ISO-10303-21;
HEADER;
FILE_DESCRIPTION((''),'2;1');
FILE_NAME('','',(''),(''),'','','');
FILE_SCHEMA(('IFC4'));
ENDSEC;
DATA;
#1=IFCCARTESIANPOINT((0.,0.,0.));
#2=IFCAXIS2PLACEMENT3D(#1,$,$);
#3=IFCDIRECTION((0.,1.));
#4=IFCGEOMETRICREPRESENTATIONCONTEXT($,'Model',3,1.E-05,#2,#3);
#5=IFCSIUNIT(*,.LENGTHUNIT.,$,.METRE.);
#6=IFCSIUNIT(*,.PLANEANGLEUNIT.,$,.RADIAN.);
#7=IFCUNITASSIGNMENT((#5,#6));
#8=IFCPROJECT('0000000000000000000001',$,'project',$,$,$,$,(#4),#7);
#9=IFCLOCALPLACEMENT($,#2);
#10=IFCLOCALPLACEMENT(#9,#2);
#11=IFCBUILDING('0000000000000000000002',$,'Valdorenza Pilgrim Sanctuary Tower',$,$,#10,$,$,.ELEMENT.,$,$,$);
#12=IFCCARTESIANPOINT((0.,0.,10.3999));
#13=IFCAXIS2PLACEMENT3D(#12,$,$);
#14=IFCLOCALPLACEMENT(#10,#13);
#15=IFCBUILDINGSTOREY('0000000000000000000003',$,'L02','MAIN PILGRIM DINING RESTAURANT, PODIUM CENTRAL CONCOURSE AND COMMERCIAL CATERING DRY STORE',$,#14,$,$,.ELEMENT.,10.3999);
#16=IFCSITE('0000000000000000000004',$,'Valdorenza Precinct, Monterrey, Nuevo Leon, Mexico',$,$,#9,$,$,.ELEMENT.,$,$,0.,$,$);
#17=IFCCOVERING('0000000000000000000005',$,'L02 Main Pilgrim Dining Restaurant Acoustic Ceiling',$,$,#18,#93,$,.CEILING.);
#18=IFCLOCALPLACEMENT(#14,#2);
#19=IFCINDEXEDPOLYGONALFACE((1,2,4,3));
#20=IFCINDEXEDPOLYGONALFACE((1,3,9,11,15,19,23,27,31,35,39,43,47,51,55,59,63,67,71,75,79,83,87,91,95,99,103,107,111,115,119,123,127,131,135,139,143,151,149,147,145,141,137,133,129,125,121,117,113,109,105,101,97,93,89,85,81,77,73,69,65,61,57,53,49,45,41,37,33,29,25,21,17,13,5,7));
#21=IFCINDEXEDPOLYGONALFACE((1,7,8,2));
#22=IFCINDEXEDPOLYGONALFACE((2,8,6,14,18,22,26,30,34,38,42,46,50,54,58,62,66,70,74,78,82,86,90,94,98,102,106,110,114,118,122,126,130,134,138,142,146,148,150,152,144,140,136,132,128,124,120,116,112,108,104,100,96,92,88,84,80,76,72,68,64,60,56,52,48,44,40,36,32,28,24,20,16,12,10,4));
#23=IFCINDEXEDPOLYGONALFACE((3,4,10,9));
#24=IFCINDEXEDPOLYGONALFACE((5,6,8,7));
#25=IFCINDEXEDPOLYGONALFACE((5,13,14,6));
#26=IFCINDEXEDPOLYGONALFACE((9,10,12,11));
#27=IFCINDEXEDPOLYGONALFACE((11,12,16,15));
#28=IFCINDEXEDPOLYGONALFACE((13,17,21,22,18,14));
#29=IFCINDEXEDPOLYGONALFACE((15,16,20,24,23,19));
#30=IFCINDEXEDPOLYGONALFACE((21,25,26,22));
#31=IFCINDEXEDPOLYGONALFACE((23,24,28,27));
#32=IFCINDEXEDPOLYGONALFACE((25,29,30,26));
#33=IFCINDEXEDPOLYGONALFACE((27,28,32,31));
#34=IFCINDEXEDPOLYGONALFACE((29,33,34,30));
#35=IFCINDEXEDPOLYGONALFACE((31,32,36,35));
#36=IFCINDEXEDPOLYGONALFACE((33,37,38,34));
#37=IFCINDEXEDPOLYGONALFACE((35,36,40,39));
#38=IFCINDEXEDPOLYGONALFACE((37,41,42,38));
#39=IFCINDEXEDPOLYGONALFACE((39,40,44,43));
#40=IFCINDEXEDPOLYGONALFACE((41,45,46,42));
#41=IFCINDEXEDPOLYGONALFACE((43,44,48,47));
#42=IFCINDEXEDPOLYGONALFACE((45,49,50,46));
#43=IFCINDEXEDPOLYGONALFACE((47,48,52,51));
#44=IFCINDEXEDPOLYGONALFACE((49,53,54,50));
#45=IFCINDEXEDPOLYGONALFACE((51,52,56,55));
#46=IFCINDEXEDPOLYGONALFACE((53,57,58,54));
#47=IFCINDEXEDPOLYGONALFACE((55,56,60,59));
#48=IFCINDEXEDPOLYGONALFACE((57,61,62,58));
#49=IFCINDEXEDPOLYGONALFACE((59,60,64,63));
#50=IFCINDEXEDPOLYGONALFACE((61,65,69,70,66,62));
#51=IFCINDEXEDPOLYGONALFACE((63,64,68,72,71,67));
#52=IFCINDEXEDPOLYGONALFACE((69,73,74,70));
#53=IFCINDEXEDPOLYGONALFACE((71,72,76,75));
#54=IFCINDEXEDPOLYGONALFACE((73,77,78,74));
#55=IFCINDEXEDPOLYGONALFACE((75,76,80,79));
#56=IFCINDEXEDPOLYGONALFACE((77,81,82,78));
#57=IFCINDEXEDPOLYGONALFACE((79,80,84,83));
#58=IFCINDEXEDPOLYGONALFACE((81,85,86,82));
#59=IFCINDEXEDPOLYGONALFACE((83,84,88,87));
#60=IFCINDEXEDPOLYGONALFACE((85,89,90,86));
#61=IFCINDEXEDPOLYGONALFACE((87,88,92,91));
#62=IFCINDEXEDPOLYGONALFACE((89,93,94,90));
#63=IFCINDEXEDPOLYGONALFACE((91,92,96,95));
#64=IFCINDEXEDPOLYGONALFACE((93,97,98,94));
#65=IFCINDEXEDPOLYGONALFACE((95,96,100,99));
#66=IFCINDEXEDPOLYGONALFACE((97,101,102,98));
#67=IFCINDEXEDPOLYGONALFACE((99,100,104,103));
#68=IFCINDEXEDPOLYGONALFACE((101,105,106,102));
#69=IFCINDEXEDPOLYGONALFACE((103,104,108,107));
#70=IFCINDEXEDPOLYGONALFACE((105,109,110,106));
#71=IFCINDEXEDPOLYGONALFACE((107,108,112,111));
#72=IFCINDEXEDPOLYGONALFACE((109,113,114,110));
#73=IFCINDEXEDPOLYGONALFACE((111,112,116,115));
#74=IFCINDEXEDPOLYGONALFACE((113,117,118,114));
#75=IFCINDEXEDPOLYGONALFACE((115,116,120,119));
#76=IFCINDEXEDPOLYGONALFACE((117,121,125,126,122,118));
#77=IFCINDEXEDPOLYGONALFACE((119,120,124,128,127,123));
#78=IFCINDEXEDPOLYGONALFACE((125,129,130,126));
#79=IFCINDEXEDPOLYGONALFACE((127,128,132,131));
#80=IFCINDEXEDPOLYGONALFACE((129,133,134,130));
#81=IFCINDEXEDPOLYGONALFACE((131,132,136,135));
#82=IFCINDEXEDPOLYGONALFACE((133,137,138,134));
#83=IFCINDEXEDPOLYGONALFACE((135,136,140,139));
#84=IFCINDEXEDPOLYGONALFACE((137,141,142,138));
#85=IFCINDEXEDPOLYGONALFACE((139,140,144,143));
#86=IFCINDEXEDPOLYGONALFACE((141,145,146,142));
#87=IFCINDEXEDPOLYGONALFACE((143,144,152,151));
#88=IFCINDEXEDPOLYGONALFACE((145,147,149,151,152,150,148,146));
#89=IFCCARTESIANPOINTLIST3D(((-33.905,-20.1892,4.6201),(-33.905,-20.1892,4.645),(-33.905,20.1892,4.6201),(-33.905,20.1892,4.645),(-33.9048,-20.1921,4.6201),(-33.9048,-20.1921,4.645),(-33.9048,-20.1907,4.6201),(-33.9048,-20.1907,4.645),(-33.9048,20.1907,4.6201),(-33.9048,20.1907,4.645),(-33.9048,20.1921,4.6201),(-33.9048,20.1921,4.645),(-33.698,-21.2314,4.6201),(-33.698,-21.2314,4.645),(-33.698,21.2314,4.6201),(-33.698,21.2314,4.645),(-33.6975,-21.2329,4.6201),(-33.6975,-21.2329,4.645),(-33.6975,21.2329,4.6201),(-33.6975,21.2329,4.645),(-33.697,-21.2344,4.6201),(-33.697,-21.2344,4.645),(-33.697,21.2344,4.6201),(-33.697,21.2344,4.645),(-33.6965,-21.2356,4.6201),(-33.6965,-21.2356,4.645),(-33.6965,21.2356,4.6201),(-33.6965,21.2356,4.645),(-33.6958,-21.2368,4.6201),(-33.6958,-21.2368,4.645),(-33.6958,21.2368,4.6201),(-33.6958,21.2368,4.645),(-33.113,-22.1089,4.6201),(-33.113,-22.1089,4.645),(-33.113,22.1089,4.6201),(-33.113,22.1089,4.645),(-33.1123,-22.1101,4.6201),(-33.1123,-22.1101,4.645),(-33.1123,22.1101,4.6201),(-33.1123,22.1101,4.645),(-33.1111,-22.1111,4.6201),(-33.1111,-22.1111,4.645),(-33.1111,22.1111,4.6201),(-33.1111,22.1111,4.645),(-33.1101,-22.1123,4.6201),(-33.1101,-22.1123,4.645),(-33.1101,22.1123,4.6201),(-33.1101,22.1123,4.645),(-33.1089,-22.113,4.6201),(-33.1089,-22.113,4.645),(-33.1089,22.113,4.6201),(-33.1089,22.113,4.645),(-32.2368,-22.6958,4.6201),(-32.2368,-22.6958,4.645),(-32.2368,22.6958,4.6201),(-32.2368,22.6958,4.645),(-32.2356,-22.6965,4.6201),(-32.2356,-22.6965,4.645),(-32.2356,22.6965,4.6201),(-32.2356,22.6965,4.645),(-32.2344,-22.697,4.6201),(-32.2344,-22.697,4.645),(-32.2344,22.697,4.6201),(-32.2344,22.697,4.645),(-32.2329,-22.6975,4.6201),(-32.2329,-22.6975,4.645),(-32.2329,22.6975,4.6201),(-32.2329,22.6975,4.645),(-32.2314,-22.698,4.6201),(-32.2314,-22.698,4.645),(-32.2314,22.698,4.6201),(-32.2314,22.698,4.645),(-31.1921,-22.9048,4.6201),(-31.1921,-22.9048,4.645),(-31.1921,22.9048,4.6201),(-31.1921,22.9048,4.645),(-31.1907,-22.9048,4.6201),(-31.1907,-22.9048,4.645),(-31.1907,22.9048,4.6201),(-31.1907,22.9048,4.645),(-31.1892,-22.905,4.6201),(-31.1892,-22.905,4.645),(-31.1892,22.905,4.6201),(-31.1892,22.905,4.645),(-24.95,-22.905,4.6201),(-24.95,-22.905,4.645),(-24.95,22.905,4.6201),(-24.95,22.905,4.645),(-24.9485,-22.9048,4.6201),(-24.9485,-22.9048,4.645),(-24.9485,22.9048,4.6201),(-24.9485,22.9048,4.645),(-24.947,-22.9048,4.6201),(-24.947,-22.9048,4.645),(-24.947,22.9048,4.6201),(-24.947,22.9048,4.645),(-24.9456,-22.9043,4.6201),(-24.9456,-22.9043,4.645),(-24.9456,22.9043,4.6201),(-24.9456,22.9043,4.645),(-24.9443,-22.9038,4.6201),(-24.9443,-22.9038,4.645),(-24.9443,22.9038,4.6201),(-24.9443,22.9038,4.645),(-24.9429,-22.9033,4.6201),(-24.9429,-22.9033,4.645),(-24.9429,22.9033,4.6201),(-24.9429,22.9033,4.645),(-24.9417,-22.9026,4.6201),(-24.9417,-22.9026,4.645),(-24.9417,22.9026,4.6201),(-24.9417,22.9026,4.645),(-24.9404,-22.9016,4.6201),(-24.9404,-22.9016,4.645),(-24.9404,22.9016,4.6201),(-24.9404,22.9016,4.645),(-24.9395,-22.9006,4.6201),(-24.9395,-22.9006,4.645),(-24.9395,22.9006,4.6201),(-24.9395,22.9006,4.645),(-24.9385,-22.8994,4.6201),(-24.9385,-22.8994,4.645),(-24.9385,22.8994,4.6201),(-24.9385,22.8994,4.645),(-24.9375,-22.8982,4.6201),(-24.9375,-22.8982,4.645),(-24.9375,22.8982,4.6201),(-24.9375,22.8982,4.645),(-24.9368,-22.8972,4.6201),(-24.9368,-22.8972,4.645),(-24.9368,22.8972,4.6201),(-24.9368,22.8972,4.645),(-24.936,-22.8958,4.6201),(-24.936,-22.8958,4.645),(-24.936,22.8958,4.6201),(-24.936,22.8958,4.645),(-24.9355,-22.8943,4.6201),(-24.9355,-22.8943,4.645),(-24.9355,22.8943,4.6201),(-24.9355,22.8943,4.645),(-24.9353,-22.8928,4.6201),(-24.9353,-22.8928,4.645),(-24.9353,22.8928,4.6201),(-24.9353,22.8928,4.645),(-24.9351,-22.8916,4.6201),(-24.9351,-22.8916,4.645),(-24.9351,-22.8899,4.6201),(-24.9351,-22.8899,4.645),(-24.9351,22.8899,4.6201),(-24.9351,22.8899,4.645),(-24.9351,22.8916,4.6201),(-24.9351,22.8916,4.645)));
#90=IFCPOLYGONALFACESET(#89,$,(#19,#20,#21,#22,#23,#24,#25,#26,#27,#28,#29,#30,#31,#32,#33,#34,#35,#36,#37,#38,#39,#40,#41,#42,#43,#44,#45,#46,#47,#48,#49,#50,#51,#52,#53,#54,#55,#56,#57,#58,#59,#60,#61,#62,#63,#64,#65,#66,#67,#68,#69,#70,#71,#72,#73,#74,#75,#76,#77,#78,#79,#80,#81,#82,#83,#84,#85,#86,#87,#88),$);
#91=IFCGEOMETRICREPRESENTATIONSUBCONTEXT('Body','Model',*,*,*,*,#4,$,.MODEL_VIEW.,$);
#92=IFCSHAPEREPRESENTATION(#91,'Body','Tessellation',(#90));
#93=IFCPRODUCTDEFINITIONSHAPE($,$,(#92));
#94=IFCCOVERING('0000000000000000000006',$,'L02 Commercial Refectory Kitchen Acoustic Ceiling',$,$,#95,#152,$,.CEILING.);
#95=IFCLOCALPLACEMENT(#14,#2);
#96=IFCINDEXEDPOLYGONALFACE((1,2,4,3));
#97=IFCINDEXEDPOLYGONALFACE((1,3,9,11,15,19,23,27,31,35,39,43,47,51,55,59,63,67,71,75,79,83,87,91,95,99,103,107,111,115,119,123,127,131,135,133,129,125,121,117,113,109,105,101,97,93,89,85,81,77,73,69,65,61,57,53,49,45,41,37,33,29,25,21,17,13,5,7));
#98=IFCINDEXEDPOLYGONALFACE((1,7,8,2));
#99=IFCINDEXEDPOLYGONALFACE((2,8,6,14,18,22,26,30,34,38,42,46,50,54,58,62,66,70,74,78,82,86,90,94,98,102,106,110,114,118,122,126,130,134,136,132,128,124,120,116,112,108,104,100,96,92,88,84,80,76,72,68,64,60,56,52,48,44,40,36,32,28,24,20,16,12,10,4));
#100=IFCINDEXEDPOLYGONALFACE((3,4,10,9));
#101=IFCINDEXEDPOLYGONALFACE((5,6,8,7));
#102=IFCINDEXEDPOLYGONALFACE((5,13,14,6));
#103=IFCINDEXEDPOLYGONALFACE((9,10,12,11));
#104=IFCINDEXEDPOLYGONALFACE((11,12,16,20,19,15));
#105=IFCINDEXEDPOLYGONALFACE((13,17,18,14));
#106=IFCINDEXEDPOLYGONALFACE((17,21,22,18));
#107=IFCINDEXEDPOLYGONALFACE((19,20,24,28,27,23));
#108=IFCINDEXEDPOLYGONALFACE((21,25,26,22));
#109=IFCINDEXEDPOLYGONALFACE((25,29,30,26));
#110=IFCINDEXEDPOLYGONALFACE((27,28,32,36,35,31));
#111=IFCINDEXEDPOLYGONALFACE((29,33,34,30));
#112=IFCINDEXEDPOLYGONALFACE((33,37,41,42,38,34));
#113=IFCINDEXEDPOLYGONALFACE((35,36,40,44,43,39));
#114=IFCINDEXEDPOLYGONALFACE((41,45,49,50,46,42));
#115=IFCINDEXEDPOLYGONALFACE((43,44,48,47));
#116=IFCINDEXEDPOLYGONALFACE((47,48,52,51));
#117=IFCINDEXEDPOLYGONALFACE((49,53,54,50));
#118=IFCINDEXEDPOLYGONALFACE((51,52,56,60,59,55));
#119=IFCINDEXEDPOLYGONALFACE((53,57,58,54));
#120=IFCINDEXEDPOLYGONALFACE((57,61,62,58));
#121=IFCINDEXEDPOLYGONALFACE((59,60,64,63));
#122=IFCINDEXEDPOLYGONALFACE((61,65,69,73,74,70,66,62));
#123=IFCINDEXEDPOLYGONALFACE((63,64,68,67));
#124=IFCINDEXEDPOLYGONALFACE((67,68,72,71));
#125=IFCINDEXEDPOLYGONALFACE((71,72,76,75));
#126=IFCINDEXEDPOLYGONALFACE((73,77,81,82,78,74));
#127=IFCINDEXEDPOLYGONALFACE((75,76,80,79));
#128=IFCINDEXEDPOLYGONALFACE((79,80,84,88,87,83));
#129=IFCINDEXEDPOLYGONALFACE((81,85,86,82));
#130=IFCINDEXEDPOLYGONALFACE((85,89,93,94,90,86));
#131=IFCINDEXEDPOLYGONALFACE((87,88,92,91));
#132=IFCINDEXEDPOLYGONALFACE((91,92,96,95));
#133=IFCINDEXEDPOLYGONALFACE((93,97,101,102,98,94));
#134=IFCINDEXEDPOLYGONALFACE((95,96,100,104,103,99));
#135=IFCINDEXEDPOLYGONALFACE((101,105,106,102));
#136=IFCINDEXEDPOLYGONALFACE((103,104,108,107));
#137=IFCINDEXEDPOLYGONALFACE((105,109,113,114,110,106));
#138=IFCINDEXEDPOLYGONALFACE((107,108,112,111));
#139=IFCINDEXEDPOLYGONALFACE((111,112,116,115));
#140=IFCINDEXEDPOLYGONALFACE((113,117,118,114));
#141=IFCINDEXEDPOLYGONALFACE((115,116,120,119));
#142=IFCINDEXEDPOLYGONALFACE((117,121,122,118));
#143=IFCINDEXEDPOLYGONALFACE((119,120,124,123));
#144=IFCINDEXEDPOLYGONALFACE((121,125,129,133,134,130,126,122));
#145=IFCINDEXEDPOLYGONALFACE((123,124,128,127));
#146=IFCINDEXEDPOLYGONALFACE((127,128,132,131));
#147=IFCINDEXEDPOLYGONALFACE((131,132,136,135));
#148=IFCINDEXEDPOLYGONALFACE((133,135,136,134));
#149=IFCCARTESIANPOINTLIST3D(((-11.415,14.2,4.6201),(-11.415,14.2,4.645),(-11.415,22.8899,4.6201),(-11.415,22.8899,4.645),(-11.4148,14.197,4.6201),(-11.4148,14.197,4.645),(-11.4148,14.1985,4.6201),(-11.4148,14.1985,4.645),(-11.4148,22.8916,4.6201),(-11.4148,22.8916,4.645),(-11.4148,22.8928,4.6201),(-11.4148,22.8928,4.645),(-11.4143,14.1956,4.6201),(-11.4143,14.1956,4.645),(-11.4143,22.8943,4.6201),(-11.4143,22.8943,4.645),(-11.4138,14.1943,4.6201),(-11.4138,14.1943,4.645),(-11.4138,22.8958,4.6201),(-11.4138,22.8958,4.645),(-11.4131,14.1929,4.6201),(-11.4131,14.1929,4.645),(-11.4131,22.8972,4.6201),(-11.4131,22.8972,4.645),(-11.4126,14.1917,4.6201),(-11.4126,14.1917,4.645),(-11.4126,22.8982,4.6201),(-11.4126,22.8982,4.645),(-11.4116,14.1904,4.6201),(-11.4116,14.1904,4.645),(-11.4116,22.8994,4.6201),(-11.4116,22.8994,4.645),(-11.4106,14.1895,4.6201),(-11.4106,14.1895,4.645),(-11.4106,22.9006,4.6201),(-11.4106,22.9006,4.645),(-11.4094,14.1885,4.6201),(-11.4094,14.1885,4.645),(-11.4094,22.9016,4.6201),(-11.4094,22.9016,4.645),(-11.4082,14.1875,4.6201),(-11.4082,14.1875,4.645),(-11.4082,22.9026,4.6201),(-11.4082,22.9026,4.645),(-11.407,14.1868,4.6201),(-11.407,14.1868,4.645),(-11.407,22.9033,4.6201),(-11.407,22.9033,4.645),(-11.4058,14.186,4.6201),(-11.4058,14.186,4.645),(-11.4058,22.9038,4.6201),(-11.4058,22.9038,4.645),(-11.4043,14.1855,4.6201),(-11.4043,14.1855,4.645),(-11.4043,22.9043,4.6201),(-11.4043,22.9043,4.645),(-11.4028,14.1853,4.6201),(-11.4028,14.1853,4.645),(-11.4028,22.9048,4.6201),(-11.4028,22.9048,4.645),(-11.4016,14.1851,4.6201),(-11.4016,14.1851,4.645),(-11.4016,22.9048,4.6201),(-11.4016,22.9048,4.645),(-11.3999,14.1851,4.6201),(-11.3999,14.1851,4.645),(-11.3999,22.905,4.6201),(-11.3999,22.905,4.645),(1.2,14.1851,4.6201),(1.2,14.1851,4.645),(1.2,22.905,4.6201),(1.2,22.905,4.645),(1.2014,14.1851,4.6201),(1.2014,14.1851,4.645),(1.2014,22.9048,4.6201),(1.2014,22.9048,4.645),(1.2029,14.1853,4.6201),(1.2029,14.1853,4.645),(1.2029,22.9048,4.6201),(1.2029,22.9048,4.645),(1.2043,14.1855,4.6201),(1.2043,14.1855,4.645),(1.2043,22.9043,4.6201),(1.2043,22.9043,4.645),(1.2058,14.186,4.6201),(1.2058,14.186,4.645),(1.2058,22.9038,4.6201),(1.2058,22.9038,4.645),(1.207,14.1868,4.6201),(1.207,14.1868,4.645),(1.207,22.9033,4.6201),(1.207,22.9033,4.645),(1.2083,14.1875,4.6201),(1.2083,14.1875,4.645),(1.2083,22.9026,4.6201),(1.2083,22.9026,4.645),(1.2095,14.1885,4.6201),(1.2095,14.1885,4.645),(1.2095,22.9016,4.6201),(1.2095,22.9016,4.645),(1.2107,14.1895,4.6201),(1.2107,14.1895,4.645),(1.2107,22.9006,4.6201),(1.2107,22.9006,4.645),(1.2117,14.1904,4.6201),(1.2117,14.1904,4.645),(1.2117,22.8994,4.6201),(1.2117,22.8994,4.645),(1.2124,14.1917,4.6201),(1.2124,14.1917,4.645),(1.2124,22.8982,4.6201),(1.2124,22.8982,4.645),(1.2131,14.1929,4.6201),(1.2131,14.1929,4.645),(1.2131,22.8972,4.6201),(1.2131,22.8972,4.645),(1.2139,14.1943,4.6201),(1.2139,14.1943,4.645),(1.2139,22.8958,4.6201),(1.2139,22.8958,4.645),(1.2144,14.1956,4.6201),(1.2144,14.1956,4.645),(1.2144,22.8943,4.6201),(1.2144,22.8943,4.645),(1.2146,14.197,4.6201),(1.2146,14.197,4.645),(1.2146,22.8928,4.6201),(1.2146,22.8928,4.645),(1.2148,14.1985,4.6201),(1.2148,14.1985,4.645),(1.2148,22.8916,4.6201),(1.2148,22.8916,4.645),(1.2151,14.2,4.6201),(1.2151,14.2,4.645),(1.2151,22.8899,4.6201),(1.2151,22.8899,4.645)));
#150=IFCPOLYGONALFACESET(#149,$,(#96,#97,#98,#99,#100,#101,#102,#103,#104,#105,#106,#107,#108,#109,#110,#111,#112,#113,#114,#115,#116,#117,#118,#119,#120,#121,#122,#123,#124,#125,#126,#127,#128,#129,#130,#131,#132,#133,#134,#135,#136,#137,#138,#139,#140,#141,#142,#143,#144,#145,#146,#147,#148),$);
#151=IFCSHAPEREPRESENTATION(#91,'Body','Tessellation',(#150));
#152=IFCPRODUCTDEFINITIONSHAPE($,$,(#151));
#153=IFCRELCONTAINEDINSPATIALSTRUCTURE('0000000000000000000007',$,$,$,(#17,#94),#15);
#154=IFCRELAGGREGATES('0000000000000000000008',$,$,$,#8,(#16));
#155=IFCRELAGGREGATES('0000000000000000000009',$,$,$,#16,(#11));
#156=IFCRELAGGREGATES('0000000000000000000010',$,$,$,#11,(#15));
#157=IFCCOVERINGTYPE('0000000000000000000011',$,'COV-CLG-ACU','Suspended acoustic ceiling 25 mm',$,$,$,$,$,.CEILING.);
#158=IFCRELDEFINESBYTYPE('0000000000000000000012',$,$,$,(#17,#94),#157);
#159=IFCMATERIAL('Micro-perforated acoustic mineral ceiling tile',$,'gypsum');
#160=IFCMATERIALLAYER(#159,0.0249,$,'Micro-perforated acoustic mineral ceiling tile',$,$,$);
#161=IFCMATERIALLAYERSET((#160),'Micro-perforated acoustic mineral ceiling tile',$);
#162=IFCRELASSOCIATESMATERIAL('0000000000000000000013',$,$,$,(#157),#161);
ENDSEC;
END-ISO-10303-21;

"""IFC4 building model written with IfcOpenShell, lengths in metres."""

from ifc_helpers import new_model, si_unit, direction, frame, origin, place, context, subcontext, project, spatial, polyline, outline, extrude, material, layer, layer_set, type_object, element, save


model = new_model("IFC4")

# Units and contexts
model_context = context("Model", 3, precision=1e-05, world=origin(), true_north=direction((0.0, 1.0)))
body_context = subcontext(model_context, "Body", "Model", "MODEL_VIEW")
ifc_project = project(units=[si_unit("LENGTHUNIT", "METRE"), si_unit("PLANEANGLEUNIT", "RADIAN")], contexts=[model_context])

# Site, building, storey
site_placement = place(None, origin())
site = spatial("IfcSite", under=ifc_project, at=site_placement, Name="Valdorenza Precinct, Monterrey, Nuevo Leon, Mexico", CompositionType="ELEMENT", RefElevation=0.0)
building_placement = place(site_placement, origin())
building = spatial("IfcBuilding", under=site, at=building_placement, Name="Valdorenza Pilgrim Sanctuary Tower", CompositionType="ELEMENT")
storey_placement = place(building_placement, frame((0.0, 0.0, 10.3999)))
storey = spatial("IfcBuildingStorey", under=building, at=storey_placement, Name="L02", Description="MAIN PILGRIM DINING RESTAURANT, PODIUM CENTRAL CONCOURSE AND COMMERCIAL CATERING DRY STORE", CompositionType="ELEMENT", Elevation=10.3999)

# Coverings
ifc_material_1 = material(Name="Micro-perforated acoustic mineral ceiling tile", Category="gypsum")
ifc_layer_1 = layer(ifc_material_1, 0.0249, Name="Micro-perforated acoustic mineral ceiling tile")
ifc_layer_set_1 = layer_set([ifc_layer_1], Name="Micro-perforated acoustic mineral ceiling tile")
covering_type_1 = type_object("IfcCoveringType", Name="COV-CLG-ACU", Description="Suspended acoustic ceiling 25 mm", PredefinedType="CEILING", material=ifc_layer_set_1)
covering_1_placement = place(storey_placement, frame((0.0, 0.0, 4.6201)))
element("IfcCovering", 1, at=covering_1_placement, inside=storey, type_object=covering_type_1, Name="L02 Main Pilgrim Dining Restaurant Acoustic Ceiling", PredefinedType="CEILING", context=body_context, shape_type="SweptSolid", body=[
    extrude(outline(polyline([(-31.1892, -22.905), (-31.1907, -22.9048), (-31.1921, -22.9048), (-32.2314, -22.698), (-32.2329, -22.6975), (-32.2344, -22.697), (-32.2356, -22.6965), (-32.2368, -22.6958), (-33.1089, -22.113), (-33.1101, -22.1123), (-33.1111, -22.1111), (-33.1123, -22.1101), (-33.113, -22.1089), (-33.6958, -21.2368), (-33.6965, -21.2356), (-33.697, -21.2344), (-33.6975, -21.2329), (-33.698, -21.2314), (-33.9048, -20.1921), (-33.9048, -20.1907), (-33.905, -20.1892), (-33.905, 20.1892), (-33.9048, 20.1907), (-33.9048, 20.1921), (-33.698, 21.2314), (-33.6975, 21.2329), (-33.697, 21.2344), (-33.6965, 21.2356), (-33.6958, 21.2368), (-33.113, 22.1089), (-33.1123, 22.1101), (-33.1111, 22.1111), (-33.1101, 22.1123), (-33.1089, 22.113), (-32.2368, 22.6958), (-32.2356, 22.6965), (-32.2344, 22.697), (-32.2329, 22.6975), (-32.2314, 22.698), (-31.1921, 22.9048), (-31.1907, 22.9048), (-31.1892, 22.905), (-24.95, 22.905), (-24.9485, 22.9048), (-24.947, 22.9048), (-24.9456, 22.9043), (-24.9443, 22.9038), (-24.9429, 22.9033), (-24.9417, 22.9026), (-24.9404, 22.9016), (-24.9395, 22.9006), (-24.9385, 22.8994), (-24.9375, 22.8982), (-24.9368, 22.8972), (-24.936, 22.8958), (-24.9355, 22.8943), (-24.9353, 22.8928), (-24.9351, 22.8916), (-24.9351, 22.8899), (-24.9351, -22.8899), (-24.9351, -22.8916), (-24.9353, -22.8928), (-24.9355, -22.8943), (-24.936, -22.8958), (-24.9368, -22.8972), (-24.9375, -22.8982), (-24.9385, -22.8994), (-24.9395, -22.9006), (-24.9404, -22.9016), (-24.9417, -22.9026), (-24.9429, -22.9033), (-24.9443, -22.9038), (-24.9456, -22.9043), (-24.947, -22.9048), (-24.9485, -22.9048), (-24.95, -22.905), (-31.1892, -22.905)])), origin(), (0.0, 0.0, 1.0), 0.0249),
])
covering_2_placement = place(storey_placement, frame((0.0, 0.0, 4.6201)))
element("IfcCovering", 2, at=covering_2_placement, inside=storey, type_object=covering_type_1, Name="L02 Commercial Refectory Kitchen Acoustic Ceiling", PredefinedType="CEILING", context=body_context, shape_type="SweptSolid", body=[
    extrude(outline(polyline([(-11.3999, 14.1851), (-11.4016, 14.1851), (-11.4028, 14.1853), (-11.4043, 14.1855), (-11.4058, 14.186), (-11.407, 14.1868), (-11.4082, 14.1875), (-11.4094, 14.1885), (-11.4106, 14.1895), (-11.4116, 14.1904), (-11.4126, 14.1917), (-11.4131, 14.1929), (-11.4138, 14.1943), (-11.4143, 14.1956), (-11.4148, 14.197), (-11.4148, 14.1985), (-11.415, 14.2), (-11.415, 22.8899), (-11.4148, 22.8916), (-11.4148, 22.8928), (-11.4143, 22.8943), (-11.4138, 22.8958), (-11.4131, 22.8972), (-11.4126, 22.8982), (-11.4116, 22.8994), (-11.4106, 22.9006), (-11.4094, 22.9016), (-11.4082, 22.9026), (-11.407, 22.9033), (-11.4058, 22.9038), (-11.4043, 22.9043), (-11.4028, 22.9048), (-11.4016, 22.9048), (-11.3999, 22.905), (1.2, 22.905), (1.2014, 22.9048), (1.2029, 22.9048), (1.2043, 22.9043), (1.2058, 22.9038), (1.207, 22.9033), (1.2083, 22.9026), (1.2095, 22.9016), (1.2107, 22.9006), (1.2117, 22.8994), (1.2124, 22.8982), (1.2131, 22.8972), (1.2139, 22.8958), (1.2144, 22.8943), (1.2146, 22.8928), (1.2148, 22.8916), (1.2151, 22.8899), (1.2151, 14.2), (1.2148, 14.1985), (1.2146, 14.197), (1.2144, 14.1956), (1.2139, 14.1943), (1.2131, 14.1929), (1.2124, 14.1917), (1.2117, 14.1904), (1.2107, 14.1895), (1.2095, 14.1885), (1.2083, 14.1875), (1.207, 14.1868), (1.2058, 14.186), (1.2043, 14.1855), (1.2029, 14.1853), (1.2014, 14.1851), (1.2, 14.1851), (-11.3999, 14.1851)])), origin(), (0.0, 0.0, 1.0), 0.0249),
])

save(model, "model.ifc")
